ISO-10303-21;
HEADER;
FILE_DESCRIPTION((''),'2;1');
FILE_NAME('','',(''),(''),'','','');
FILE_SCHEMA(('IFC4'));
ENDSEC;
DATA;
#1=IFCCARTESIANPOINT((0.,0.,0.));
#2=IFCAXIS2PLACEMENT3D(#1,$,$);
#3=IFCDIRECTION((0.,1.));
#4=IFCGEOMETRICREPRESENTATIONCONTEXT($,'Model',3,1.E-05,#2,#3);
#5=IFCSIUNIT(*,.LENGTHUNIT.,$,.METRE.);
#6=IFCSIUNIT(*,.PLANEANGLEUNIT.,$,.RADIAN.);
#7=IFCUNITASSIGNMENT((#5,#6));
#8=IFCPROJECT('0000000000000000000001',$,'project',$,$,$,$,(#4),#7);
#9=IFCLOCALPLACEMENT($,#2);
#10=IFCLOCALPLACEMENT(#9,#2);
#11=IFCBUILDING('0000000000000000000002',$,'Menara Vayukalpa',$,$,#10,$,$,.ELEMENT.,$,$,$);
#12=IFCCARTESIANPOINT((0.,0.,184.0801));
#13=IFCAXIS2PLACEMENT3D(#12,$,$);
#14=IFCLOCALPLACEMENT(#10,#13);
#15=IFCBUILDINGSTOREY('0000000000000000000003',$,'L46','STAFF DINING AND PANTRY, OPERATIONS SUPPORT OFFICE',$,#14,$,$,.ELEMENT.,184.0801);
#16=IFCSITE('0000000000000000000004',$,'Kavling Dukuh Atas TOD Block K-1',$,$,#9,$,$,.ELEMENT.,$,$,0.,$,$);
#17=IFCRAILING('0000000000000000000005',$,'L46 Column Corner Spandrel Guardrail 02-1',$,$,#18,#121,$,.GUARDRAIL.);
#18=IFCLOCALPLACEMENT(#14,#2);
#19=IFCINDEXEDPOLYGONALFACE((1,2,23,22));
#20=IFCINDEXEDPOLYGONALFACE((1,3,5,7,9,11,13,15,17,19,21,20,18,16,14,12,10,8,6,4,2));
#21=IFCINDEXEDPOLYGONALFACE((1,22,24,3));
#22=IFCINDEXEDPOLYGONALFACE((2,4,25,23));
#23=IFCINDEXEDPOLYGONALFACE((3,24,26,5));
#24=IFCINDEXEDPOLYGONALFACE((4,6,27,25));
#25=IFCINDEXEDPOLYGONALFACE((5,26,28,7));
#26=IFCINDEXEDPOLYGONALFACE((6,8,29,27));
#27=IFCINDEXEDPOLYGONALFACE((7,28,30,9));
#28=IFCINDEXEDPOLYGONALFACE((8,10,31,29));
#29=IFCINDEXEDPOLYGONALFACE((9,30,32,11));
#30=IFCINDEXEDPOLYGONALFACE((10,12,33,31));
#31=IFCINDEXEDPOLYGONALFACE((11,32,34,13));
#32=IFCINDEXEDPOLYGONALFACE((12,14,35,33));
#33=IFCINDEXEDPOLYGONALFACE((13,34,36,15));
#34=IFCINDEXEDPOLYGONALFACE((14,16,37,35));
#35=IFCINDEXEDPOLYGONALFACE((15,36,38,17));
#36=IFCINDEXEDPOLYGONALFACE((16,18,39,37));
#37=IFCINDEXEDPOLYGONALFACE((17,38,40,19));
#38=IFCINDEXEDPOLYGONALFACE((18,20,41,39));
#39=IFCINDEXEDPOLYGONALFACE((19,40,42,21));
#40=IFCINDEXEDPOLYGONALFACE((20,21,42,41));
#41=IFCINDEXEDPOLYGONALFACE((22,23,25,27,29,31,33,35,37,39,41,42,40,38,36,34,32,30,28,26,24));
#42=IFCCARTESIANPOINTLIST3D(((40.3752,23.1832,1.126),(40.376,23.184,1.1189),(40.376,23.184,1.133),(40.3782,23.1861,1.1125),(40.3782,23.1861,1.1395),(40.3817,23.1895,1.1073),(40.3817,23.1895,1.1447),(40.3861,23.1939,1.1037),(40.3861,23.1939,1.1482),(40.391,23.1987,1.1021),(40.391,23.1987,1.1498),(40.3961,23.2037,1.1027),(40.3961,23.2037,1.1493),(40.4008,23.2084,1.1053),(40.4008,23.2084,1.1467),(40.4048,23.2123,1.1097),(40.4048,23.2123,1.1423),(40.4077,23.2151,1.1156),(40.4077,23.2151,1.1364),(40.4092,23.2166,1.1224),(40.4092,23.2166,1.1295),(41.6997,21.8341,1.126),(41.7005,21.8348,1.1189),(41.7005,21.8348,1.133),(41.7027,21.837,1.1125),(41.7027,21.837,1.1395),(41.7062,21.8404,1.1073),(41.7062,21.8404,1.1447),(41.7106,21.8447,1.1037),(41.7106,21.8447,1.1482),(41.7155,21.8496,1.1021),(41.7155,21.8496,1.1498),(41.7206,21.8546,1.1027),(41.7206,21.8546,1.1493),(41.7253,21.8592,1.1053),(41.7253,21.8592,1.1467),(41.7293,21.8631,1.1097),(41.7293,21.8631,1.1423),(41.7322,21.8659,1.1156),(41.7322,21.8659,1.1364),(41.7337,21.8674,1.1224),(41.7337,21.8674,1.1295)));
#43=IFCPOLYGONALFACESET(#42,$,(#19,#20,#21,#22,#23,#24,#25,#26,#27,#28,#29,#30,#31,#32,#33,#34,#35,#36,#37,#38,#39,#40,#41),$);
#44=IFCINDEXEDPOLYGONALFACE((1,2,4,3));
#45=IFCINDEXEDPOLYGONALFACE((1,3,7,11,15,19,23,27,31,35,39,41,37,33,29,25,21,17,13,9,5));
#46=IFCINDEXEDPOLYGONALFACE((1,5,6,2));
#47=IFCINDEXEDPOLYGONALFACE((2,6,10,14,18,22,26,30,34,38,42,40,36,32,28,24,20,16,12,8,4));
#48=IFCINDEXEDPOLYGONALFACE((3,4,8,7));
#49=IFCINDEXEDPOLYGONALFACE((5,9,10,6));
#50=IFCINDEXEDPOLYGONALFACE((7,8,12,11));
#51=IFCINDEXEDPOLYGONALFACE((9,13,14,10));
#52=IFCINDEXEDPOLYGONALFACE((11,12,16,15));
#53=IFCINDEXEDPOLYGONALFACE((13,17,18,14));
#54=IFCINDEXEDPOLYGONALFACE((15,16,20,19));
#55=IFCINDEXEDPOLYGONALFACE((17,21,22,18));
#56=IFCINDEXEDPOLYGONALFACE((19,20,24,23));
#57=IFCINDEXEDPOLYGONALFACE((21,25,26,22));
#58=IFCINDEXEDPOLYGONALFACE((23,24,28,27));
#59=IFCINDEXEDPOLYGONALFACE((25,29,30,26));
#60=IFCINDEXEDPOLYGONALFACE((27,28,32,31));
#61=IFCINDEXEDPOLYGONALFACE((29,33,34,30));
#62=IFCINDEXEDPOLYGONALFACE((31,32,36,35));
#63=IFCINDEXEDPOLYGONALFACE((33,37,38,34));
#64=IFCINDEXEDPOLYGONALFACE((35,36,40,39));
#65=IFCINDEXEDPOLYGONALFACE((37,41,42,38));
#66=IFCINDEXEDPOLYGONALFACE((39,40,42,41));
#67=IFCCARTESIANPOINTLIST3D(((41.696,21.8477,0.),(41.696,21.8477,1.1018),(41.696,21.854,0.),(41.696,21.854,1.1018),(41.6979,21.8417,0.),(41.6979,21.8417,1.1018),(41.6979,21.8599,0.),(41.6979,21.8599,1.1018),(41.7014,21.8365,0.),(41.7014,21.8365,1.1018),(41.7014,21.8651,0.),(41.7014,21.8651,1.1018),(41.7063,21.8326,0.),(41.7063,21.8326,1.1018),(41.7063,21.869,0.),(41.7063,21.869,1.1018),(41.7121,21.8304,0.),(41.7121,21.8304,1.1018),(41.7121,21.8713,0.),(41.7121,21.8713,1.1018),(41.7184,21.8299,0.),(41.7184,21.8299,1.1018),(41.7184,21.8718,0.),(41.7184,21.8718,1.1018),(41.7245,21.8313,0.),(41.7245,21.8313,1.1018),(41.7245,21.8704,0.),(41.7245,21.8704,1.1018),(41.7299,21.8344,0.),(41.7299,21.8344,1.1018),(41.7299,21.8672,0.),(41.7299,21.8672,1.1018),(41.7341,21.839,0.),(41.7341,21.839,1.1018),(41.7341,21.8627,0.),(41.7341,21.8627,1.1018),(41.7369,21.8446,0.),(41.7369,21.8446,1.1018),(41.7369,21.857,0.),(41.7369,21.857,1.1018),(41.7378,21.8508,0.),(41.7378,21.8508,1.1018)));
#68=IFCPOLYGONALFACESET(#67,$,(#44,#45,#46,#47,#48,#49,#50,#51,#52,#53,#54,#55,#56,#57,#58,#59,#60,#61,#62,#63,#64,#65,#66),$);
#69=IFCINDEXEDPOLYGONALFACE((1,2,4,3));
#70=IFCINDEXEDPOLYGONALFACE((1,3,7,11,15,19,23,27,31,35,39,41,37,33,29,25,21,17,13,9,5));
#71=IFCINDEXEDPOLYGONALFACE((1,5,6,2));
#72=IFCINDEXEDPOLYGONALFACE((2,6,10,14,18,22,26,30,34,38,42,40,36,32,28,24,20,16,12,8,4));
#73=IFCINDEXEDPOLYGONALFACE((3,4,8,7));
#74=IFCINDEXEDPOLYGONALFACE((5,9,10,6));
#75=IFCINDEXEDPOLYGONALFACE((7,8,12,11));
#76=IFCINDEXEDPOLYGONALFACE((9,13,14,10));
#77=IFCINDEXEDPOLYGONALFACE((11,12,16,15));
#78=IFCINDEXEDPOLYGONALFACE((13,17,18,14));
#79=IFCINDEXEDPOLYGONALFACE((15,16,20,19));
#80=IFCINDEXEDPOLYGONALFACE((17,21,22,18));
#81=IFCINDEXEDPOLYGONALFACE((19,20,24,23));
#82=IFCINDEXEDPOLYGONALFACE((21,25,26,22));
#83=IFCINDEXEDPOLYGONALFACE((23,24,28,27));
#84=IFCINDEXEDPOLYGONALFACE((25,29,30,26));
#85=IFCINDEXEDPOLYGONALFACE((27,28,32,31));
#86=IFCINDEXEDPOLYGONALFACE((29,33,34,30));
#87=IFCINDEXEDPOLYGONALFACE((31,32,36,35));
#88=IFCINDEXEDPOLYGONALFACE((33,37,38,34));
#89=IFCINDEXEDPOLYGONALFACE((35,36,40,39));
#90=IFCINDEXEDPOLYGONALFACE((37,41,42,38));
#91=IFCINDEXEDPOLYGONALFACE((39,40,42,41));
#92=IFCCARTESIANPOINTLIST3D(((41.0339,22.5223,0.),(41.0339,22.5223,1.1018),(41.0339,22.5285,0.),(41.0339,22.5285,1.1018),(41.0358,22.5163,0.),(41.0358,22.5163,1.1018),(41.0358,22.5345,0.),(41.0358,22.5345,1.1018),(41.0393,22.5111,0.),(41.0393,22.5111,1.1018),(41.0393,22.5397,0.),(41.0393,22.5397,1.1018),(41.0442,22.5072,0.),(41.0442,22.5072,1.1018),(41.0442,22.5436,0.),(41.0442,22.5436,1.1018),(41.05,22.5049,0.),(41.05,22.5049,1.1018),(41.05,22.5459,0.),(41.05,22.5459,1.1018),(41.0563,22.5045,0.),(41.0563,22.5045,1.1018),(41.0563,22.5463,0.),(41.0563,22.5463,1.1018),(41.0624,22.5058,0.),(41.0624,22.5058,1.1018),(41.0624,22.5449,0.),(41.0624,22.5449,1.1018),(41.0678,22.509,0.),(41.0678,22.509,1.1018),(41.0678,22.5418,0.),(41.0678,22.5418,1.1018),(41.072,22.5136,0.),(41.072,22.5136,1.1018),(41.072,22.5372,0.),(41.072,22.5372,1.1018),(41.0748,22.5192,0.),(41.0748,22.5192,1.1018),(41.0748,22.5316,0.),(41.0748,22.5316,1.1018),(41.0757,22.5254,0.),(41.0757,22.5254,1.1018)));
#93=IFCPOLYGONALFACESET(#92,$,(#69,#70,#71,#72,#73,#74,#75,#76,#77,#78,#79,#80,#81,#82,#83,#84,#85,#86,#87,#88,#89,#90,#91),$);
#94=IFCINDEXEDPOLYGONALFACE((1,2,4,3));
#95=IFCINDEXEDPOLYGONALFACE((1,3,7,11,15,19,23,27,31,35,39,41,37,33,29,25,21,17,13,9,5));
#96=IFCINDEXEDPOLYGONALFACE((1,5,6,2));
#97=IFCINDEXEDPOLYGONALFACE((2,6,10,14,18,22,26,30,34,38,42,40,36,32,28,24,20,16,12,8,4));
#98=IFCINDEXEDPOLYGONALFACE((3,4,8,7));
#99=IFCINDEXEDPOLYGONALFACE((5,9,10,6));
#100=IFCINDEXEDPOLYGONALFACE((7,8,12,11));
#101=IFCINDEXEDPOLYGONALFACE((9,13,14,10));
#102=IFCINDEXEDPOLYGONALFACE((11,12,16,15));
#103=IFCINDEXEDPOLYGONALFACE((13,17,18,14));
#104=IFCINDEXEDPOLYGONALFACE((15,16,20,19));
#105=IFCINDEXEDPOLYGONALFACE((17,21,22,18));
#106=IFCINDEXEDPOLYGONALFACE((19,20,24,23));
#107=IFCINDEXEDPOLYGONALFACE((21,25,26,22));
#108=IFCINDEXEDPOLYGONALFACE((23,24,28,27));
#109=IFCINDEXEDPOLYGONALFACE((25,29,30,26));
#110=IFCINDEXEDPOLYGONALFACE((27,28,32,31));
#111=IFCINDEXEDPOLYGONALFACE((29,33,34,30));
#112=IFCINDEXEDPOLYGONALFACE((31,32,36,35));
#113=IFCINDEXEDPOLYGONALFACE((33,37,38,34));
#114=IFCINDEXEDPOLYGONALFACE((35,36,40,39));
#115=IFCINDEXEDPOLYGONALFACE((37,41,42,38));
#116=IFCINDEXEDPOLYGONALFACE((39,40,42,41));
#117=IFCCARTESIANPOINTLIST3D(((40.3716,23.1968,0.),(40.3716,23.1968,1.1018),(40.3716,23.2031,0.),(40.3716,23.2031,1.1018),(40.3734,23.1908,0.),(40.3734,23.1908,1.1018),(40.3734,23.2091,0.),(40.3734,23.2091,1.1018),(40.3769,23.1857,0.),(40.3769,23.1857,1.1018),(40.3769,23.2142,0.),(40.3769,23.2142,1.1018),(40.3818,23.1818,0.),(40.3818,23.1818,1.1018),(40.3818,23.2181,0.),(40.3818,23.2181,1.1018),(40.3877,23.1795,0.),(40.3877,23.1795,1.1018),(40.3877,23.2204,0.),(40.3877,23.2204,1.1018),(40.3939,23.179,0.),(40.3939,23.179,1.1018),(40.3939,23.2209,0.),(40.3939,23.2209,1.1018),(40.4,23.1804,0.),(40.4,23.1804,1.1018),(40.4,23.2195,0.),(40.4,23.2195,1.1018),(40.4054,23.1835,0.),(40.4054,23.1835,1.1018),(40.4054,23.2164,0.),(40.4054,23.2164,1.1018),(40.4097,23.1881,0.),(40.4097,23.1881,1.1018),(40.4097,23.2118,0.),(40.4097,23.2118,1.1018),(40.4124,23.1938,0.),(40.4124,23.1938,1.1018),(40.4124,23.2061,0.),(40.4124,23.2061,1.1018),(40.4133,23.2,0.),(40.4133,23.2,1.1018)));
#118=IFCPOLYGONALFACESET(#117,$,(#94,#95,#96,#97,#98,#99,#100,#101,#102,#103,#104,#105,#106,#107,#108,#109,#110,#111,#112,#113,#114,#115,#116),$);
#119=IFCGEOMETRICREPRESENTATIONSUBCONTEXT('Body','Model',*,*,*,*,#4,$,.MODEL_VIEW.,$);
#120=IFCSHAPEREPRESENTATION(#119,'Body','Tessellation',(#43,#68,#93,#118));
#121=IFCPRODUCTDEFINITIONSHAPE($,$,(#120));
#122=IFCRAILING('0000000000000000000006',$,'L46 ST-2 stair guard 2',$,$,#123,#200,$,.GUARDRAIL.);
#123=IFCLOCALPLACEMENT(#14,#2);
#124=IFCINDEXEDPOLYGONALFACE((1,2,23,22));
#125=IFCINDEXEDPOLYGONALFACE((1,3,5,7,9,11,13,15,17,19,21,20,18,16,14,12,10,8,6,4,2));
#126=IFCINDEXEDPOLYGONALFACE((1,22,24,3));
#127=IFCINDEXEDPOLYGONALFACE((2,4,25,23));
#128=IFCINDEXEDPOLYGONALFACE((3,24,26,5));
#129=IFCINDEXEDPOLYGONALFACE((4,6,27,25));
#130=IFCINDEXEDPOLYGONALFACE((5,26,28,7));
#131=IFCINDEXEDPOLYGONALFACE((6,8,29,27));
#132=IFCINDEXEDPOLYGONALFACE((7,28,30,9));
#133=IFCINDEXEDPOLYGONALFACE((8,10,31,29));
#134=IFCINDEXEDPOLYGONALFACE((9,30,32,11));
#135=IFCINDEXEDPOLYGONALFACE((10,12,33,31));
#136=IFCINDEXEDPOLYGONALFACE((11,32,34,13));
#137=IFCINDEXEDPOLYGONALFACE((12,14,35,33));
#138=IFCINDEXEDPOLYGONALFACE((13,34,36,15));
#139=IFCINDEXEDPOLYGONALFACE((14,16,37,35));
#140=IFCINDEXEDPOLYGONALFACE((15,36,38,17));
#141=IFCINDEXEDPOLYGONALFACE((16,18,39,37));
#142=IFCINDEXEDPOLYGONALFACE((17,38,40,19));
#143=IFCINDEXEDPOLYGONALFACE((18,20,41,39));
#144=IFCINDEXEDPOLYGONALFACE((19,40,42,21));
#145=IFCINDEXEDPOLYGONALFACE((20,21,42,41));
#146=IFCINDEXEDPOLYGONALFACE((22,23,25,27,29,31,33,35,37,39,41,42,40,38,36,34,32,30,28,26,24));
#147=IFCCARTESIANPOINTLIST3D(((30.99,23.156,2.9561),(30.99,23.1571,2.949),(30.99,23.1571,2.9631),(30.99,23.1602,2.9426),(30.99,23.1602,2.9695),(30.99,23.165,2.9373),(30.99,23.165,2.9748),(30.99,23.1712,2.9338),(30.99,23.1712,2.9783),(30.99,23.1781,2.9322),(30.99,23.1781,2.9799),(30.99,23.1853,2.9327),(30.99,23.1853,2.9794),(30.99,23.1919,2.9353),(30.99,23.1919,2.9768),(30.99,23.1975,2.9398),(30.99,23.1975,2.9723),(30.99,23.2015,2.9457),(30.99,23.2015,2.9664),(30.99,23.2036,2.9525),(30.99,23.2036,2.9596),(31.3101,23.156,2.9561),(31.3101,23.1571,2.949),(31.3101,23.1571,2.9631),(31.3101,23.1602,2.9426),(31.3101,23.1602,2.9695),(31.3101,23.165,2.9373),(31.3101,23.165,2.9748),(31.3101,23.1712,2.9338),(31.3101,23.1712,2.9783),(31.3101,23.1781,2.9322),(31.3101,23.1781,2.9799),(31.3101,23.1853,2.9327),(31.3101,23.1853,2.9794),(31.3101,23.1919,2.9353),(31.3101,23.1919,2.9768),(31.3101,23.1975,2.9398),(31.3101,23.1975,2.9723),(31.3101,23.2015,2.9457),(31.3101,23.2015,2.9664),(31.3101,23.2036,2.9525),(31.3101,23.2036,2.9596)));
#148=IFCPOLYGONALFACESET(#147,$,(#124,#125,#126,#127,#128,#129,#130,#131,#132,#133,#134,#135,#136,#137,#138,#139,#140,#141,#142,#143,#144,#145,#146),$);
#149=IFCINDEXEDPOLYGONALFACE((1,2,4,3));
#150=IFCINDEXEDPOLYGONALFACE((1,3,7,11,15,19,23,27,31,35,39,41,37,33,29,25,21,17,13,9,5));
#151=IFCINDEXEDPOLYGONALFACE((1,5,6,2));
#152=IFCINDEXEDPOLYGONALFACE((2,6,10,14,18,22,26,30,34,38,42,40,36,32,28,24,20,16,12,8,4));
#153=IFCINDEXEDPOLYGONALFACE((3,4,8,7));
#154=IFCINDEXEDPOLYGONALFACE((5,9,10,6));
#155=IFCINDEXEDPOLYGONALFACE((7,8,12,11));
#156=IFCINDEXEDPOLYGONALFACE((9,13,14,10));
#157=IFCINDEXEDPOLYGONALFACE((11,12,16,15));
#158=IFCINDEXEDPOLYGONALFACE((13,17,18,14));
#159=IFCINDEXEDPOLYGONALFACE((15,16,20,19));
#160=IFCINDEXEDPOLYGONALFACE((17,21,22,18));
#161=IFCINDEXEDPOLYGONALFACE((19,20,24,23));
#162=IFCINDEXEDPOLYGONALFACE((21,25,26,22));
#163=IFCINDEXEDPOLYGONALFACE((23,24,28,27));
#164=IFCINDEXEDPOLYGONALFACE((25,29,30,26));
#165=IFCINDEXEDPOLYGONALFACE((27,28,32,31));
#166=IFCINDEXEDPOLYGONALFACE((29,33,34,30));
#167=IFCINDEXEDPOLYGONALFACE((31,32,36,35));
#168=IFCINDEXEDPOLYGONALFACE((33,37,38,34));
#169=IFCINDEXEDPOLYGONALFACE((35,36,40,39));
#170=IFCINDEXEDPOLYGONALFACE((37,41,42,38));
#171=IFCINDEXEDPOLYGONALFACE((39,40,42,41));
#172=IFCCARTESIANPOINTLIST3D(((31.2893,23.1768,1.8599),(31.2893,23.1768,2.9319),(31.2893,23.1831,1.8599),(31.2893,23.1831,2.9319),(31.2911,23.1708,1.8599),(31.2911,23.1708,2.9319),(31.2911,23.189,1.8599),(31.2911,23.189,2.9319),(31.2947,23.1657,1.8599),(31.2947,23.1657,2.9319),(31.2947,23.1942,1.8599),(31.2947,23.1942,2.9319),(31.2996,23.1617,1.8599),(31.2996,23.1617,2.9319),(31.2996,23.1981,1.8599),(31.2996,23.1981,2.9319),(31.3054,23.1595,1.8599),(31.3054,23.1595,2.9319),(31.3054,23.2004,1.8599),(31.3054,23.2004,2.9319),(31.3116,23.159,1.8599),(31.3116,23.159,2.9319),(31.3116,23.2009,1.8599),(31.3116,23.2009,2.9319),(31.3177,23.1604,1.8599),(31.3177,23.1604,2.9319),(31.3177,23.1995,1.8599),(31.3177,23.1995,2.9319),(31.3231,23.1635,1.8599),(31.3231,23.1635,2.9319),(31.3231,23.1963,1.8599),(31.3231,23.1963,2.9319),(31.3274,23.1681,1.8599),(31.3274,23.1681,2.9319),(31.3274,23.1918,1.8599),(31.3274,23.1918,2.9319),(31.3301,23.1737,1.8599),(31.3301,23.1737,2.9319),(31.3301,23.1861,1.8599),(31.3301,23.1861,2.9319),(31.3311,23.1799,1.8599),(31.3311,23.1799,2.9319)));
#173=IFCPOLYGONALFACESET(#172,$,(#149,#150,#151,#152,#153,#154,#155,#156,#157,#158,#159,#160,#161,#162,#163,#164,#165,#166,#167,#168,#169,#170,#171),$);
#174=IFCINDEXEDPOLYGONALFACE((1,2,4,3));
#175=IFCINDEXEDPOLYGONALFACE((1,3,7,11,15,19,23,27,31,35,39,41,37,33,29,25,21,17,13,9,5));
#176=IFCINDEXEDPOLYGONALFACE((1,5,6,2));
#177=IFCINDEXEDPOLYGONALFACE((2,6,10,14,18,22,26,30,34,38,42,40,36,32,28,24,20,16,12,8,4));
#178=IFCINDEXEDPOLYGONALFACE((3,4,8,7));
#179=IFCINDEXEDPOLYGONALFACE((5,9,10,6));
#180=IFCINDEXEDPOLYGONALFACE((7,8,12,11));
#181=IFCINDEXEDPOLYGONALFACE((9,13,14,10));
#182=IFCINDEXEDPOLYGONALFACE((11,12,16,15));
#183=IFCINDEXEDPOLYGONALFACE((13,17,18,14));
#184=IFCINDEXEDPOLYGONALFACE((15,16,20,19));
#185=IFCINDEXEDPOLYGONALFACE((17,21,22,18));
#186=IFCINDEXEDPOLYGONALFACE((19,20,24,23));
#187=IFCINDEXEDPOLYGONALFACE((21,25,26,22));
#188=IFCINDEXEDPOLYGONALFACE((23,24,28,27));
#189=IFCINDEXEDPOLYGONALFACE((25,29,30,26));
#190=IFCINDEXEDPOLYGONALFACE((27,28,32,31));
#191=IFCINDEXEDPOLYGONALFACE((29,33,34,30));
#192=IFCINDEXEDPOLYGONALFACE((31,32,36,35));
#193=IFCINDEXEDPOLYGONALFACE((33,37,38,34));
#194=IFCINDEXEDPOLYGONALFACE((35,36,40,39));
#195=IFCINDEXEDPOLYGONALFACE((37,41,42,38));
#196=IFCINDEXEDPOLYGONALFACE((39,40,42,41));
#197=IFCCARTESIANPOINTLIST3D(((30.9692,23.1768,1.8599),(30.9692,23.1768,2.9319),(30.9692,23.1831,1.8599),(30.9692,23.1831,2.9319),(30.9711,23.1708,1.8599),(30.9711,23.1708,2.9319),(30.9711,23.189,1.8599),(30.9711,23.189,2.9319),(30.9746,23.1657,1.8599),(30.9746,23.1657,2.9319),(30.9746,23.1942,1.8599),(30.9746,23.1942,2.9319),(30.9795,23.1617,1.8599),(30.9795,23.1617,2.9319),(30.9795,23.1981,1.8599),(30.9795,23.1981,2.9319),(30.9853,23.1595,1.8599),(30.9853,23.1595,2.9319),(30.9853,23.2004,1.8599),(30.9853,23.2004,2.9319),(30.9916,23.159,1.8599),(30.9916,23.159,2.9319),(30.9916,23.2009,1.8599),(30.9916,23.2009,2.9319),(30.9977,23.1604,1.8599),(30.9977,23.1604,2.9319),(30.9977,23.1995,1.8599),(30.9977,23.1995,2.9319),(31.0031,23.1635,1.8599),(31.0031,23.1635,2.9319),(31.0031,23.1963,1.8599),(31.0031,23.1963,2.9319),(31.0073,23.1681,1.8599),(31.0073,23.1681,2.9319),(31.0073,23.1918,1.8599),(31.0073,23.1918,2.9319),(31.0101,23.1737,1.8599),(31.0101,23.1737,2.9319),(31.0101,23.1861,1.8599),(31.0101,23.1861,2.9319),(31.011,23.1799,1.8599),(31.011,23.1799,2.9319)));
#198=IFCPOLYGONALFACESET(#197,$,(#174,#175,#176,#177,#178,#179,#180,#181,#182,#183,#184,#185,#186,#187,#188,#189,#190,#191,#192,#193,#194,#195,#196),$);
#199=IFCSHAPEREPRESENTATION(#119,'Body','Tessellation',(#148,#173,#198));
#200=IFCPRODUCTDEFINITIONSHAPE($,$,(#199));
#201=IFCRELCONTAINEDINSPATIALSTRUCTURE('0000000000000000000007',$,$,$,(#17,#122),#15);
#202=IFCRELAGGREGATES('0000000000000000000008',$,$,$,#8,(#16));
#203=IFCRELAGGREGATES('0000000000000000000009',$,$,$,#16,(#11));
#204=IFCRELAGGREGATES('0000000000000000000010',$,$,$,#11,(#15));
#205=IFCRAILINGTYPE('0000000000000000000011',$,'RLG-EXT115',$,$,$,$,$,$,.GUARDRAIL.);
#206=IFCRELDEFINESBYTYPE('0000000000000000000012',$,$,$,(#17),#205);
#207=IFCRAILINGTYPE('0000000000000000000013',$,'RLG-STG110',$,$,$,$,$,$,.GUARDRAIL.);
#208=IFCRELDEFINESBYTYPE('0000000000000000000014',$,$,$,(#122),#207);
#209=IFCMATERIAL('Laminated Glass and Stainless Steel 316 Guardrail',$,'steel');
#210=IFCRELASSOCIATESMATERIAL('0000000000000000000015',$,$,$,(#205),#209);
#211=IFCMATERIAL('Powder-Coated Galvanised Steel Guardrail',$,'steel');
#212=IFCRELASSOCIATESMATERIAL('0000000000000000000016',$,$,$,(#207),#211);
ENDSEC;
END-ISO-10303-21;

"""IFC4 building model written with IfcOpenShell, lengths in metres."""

from ifc_helpers import new_model, si_unit, direction, frame, origin, origin_2d, place, context, subcontext, project, spatial, circle, extrude, material, type_object, element, save


model = new_model("IFC4")

# Units and contexts
model_context = context("Model", 3, precision=1e-05, world=origin(), true_north=direction((0.0, 1.0)))
body_context = subcontext(model_context, "Body", "Model", "MODEL_VIEW")
ifc_project = project(units=[si_unit("LENGTHUNIT", "METRE"), si_unit("PLANEANGLEUNIT", "RADIAN")], contexts=[model_context])

# Site, building, storey
site_placement = place(None, origin())
site = spatial("IfcSite", under=ifc_project, at=site_placement, Name="Kavling Dukuh Atas TOD Block K-1", CompositionType="ELEMENT", RefElevation=0.0)
building_placement = place(site_placement, origin())
building = spatial("IfcBuilding", under=site, at=building_placement, Name="Menara Vayukalpa", CompositionType="ELEMENT")
storey_placement = place(building_placement, frame((0.0, 0.0, 184.0801)))
storey = spatial("IfcBuildingStorey", under=building, at=storey_placement, Name="L46", Description="STAFF DINING AND PANTRY, OPERATIONS SUPPORT OFFICE", CompositionType="ELEMENT", Elevation=184.0801)

# Railings
ifc_material_1 = material(Name="Laminated Glass and Stainless Steel 316 Guardrail", Category="steel")
railing_type_1 = type_object("IfcRailingType", Name="RLG-EXT115", PredefinedType="GUARDRAIL", material=ifc_material_1)
railing_1_placement = place(storey_placement, frame((41.7168, 21.8508, 0.0)))
element("IfcRailing", 1, at=railing_1_placement, inside=storey, type_object=railing_type_1, Name="L46 Column Corner Spandrel Guardrail 02-1", PredefinedType="GUARDRAIL", context=body_context, shape_type="SweptSolid", body=[
    extrude(circle(Radius=0.0239, at=origin_2d()), frame((0.0, 0.0, 1.126), z_axis=(-0.700555, 0.713598, 0.0), x_axis=(-0.713598, -0.700555, 0.0)), (0.0, 0.0, 1.0), 1.8906),
    extrude(circle(Radius=0.021, at=origin_2d()), origin(), (0.0, 0.0, 1.0), 1.1018),
    extrude(circle(Radius=0.021, at=origin_2d()), frame((-0.6621, 0.6746, 0.0)), (0.0, 0.0, 1.0), 1.1018),
    extrude(circle(Radius=0.021, at=origin_2d()), frame((-1.3245, 1.3491, 0.0)), (0.0, 0.0, 1.0), 1.1018),
])
ifc_material_2 = material(Name="Powder-Coated Galvanised Steel Guardrail", Category="steel")
railing_type_2 = type_object("IfcRailingType", Name="RLG-STG110", PredefinedType="GUARDRAIL", material=ifc_material_2)
railing_2_placement = place(storey_placement, frame((31.3101, 23.1799, 1.8599)))
element("IfcRailing", 2, at=railing_2_placement, inside=storey, type_object=railing_type_2, Name="L46 ST-2 stair guard 2", PredefinedType="GUARDRAIL", context=body_context, shape_type="SweptSolid", body=[
    extrude(circle(Radius=0.0239, at=origin_2d()), frame((0.0, 0.0, 1.0962), z_axis=(-1.0, 0.0, 0.0), x_axis=(0.0, -1.0, 0.0)), (0.0, 0.0, 1.0), 0.3201),
    extrude(circle(Radius=0.021, at=origin_2d()), origin(), (0.0, 0.0, 1.0), 1.072),
    extrude(circle(Radius=0.021, at=origin_2d()), frame((-0.3201, 0.0, 0.0)), (0.0, 0.0, 1.0), 1.072),
])

save(model, "model.ifc")
